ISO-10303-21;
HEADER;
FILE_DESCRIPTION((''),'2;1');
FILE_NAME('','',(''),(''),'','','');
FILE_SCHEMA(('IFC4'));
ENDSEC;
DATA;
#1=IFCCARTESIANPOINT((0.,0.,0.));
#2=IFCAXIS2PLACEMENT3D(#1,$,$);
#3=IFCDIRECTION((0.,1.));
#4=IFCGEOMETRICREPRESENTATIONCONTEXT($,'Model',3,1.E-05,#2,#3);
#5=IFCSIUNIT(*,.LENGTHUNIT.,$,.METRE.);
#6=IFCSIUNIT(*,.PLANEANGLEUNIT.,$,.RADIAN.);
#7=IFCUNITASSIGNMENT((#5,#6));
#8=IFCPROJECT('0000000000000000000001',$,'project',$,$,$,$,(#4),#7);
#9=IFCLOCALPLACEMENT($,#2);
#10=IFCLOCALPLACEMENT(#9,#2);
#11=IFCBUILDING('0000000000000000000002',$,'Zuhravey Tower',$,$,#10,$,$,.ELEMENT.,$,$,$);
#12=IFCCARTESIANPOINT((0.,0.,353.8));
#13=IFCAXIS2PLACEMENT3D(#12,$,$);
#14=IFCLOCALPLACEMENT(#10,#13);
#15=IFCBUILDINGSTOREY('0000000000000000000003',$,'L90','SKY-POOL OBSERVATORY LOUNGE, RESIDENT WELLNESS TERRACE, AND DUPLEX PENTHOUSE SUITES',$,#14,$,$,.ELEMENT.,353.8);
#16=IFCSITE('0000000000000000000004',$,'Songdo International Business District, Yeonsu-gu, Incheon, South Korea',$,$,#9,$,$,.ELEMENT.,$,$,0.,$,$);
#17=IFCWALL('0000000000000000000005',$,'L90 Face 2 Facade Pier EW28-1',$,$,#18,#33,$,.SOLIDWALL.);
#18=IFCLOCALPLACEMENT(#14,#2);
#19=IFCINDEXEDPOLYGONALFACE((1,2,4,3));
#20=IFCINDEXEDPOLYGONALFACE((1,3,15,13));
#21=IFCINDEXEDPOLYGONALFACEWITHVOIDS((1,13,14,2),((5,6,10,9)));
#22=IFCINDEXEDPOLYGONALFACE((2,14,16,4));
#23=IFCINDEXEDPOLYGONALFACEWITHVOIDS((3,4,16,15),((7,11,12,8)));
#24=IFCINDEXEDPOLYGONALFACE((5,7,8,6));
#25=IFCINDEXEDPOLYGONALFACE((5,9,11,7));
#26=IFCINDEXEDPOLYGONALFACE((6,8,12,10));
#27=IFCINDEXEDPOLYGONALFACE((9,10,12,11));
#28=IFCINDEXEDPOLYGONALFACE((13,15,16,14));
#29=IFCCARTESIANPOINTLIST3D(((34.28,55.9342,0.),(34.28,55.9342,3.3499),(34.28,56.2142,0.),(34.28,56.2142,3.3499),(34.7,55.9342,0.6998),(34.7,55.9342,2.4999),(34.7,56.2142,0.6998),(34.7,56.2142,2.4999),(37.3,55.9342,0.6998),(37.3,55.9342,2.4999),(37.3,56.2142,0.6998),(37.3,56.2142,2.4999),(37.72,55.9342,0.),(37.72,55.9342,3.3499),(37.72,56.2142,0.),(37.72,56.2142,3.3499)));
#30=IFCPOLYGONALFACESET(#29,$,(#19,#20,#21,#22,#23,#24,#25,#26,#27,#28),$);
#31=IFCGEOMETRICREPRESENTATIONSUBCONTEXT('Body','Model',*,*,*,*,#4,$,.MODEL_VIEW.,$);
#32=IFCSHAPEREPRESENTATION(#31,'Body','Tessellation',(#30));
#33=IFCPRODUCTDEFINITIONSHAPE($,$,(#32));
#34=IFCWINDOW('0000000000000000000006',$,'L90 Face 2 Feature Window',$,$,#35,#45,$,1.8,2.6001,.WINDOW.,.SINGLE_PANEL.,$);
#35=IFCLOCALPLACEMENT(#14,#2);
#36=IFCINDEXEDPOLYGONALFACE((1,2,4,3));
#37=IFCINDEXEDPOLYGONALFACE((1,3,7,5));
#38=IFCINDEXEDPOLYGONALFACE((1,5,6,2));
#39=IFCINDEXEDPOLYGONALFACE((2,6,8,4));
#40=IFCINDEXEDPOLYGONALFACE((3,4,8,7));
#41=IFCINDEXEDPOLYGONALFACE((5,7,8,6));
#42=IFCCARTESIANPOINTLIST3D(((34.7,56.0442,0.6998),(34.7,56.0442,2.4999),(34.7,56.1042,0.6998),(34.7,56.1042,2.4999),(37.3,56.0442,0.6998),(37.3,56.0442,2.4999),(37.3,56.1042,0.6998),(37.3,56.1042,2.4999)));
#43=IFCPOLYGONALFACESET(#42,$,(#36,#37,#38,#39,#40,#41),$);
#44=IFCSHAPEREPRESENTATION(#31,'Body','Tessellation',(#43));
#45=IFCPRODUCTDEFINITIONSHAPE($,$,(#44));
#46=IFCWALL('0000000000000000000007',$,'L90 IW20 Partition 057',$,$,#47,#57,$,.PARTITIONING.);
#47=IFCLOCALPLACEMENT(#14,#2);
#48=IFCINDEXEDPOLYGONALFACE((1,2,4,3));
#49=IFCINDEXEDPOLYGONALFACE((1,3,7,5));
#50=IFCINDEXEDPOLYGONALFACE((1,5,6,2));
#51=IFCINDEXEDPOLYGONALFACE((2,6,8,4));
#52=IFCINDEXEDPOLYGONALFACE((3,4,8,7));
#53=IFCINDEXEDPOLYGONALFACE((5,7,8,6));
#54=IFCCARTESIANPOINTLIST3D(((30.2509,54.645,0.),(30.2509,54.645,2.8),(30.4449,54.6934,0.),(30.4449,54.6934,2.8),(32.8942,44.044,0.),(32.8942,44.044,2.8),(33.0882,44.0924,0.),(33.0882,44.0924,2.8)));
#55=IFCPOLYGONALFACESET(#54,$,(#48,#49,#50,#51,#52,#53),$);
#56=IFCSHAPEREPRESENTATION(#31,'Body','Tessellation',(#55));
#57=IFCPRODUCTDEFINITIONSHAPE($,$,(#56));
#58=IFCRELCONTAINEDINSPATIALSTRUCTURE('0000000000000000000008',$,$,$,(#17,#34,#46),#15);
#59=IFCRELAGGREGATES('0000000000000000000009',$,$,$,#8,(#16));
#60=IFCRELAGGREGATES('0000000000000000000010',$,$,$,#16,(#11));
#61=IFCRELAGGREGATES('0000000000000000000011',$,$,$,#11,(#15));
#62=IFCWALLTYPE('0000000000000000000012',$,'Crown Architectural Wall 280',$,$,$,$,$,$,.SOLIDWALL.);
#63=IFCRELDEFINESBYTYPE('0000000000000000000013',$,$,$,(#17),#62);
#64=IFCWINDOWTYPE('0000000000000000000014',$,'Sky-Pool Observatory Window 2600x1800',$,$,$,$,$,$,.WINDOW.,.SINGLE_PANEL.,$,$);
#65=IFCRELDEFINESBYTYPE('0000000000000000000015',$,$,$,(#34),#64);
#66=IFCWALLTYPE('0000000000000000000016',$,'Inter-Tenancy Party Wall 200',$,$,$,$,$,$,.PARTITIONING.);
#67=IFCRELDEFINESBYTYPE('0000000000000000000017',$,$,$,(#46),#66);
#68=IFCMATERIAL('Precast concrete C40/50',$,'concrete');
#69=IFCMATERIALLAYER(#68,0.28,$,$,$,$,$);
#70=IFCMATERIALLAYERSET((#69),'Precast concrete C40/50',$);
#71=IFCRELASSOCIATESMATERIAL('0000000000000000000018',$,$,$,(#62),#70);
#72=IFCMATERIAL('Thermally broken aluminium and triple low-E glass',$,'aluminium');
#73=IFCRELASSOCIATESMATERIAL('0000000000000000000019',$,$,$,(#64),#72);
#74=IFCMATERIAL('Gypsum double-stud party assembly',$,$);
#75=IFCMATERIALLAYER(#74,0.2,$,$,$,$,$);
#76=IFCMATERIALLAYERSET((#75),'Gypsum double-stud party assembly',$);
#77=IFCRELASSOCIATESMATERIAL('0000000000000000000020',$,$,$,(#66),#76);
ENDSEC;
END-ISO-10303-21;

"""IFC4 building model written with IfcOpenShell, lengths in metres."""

from ifc_helpers import new_model, si_unit, direction, frame, frame_2d, origin, place, context, subcontext, project, spatial, rectangle, extrude, material, layer, layer_set, type_object, element, fill, save


model = new_model("IFC4")

# Units and contexts
model_context = context("Model", 3, precision=1e-05, world=origin(), true_north=direction((0.0, 1.0)))
body_context = subcontext(model_context, "Body", "Model", "MODEL_VIEW")
ifc_project = project(units=[si_unit("LENGTHUNIT", "METRE"), si_unit("PLANEANGLEUNIT", "RADIAN")], contexts=[model_context])

# Site, building, storey
site_placement = place(None, origin())
site = spatial("IfcSite", under=ifc_project, at=site_placement, Name="Songdo International Business District, Yeonsu-gu, Incheon, South Korea", CompositionType="ELEMENT", RefElevation=0.0)
building_placement = place(site_placement, origin())
building = spatial("IfcBuilding", under=site, at=building_placement, Name="Zuhravey Tower", CompositionType="ELEMENT")
storey_placement = place(building_placement, frame((0.0, 0.0, 353.8)))
storey = spatial("IfcBuildingStorey", under=building, at=storey_placement, Name="L90", Description="SKY-POOL OBSERVATORY LOUNGE, RESIDENT WELLNESS TERRACE, AND DUPLEX PENTHOUSE SUITES", CompositionType="ELEMENT", Elevation=353.8)

# Wall, opening, window
ifc_material_1 = material(Name="Precast concrete C40/50", Category="concrete")
ifc_layer_1 = layer(ifc_material_1, 0.28)
ifc_layer_set_1 = layer_set([ifc_layer_1], Name="Precast concrete C40/50")
wall_type_1 = type_object("IfcWallType", Name="Crown Architectural Wall 280", PredefinedType="SOLIDWALL", material=ifc_layer_set_1)
wall_1_placement = place(storey_placement, frame((34.28, 56.0742, 0.0), z_axis=(0.0, 0.0, 1.0), x_axis=(1.0, 0.0, 0.0)))
wall_1 = element("IfcWall", 1, at=wall_1_placement, inside=storey, type_object=wall_type_1, Name="L90 Face 2 Facade Pier EW28-1", PredefinedType="SOLIDWALL", context=body_context, shape_type="SweptSolid", body=[
    extrude(rectangle(XDim=3.4399, YDim=0.28, at=frame_2d((1.72, 0.0))), origin(), (0.0, 0.0, 1.0), 3.3499),
])
opening_1_placement = place(wall_1_placement, frame((0.4199, 0.0, 0.7)))
opening_1 = element("IfcOpeningElement", 2, at=opening_1_placement, cuts=wall_1, PredefinedType="OPENING", context=body_context, shape_type="SweptSolid", body=[
    extrude(rectangle(XDim=2.6001, YDim=1.8, at=frame_2d((1.3, 0.8999))), frame((0.0, 0.1521, 0.0), z_axis=(0.0, -1.0, 0.0), x_axis=(1.0, 0.0, 0.0)), (0.0, 0.0, 1.0), 0.304),
])
ifc_material_2 = material(Name="Thermally broken aluminium and triple low-E glass", Category="aluminium")
window_type = type_object("IfcWindowType", Name="Sky-Pool Observatory Window 2600x1800", PartitioningType="SINGLE_PANEL", PredefinedType="WINDOW", material=ifc_material_2)
window_placement = place(opening_1_placement, origin())
window = element("IfcWindow", 3, at=window_placement, inside=storey, type_object=window_type, Name="L90 Face 2 Feature Window", OverallHeight=1.8, OverallWidth=2.6001, PartitioningType="SINGLE_PANEL", PredefinedType="WINDOW", context=body_context, shape_type="SweptSolid", body=[
    extrude(rectangle(XDim=2.6001, YDim=1.8, at=frame_2d((1.3, 0.8999))), frame((0.0, 0.03, 0.0), z_axis=(0.0, -1.0, 0.0), x_axis=(1.0, 0.0, 0.0)), (0.0, 0.0, 1.0), 0.0601),
])
fill(opening_1, window)

# Wall
ifc_material_3 = material(Name="Gypsum double-stud party assembly")
ifc_layer_2 = layer(ifc_material_3, 0.2)
ifc_layer_set_2 = layer_set([ifc_layer_2], Name="Gypsum double-stud party assembly")
wall_type_2 = type_object("IfcWallType", Name="Inter-Tenancy Party Wall 200", PredefinedType="PARTITIONING", material=ifc_layer_set_2)
wall_2_placement = place(storey_placement, frame((32.9912, 44.0681, 0.0), z_axis=(0.0, 0.0, 1.0), x_axis=(-0.241936, 0.970292, 0.0)))
element("IfcWall", 4, at=wall_2_placement, inside=storey, type_object=wall_type_2, Name="L90 IW20 Partition 057", PredefinedType="PARTITIONING", context=body_context, shape_type="SweptSolid", body=[
    extrude(rectangle(XDim=10.9255, YDim=0.2, at=frame_2d((5.4629, 0.0))), origin(), (0.0, 0.0, 1.0), 2.8),
])

save(model, "model.ifc")
